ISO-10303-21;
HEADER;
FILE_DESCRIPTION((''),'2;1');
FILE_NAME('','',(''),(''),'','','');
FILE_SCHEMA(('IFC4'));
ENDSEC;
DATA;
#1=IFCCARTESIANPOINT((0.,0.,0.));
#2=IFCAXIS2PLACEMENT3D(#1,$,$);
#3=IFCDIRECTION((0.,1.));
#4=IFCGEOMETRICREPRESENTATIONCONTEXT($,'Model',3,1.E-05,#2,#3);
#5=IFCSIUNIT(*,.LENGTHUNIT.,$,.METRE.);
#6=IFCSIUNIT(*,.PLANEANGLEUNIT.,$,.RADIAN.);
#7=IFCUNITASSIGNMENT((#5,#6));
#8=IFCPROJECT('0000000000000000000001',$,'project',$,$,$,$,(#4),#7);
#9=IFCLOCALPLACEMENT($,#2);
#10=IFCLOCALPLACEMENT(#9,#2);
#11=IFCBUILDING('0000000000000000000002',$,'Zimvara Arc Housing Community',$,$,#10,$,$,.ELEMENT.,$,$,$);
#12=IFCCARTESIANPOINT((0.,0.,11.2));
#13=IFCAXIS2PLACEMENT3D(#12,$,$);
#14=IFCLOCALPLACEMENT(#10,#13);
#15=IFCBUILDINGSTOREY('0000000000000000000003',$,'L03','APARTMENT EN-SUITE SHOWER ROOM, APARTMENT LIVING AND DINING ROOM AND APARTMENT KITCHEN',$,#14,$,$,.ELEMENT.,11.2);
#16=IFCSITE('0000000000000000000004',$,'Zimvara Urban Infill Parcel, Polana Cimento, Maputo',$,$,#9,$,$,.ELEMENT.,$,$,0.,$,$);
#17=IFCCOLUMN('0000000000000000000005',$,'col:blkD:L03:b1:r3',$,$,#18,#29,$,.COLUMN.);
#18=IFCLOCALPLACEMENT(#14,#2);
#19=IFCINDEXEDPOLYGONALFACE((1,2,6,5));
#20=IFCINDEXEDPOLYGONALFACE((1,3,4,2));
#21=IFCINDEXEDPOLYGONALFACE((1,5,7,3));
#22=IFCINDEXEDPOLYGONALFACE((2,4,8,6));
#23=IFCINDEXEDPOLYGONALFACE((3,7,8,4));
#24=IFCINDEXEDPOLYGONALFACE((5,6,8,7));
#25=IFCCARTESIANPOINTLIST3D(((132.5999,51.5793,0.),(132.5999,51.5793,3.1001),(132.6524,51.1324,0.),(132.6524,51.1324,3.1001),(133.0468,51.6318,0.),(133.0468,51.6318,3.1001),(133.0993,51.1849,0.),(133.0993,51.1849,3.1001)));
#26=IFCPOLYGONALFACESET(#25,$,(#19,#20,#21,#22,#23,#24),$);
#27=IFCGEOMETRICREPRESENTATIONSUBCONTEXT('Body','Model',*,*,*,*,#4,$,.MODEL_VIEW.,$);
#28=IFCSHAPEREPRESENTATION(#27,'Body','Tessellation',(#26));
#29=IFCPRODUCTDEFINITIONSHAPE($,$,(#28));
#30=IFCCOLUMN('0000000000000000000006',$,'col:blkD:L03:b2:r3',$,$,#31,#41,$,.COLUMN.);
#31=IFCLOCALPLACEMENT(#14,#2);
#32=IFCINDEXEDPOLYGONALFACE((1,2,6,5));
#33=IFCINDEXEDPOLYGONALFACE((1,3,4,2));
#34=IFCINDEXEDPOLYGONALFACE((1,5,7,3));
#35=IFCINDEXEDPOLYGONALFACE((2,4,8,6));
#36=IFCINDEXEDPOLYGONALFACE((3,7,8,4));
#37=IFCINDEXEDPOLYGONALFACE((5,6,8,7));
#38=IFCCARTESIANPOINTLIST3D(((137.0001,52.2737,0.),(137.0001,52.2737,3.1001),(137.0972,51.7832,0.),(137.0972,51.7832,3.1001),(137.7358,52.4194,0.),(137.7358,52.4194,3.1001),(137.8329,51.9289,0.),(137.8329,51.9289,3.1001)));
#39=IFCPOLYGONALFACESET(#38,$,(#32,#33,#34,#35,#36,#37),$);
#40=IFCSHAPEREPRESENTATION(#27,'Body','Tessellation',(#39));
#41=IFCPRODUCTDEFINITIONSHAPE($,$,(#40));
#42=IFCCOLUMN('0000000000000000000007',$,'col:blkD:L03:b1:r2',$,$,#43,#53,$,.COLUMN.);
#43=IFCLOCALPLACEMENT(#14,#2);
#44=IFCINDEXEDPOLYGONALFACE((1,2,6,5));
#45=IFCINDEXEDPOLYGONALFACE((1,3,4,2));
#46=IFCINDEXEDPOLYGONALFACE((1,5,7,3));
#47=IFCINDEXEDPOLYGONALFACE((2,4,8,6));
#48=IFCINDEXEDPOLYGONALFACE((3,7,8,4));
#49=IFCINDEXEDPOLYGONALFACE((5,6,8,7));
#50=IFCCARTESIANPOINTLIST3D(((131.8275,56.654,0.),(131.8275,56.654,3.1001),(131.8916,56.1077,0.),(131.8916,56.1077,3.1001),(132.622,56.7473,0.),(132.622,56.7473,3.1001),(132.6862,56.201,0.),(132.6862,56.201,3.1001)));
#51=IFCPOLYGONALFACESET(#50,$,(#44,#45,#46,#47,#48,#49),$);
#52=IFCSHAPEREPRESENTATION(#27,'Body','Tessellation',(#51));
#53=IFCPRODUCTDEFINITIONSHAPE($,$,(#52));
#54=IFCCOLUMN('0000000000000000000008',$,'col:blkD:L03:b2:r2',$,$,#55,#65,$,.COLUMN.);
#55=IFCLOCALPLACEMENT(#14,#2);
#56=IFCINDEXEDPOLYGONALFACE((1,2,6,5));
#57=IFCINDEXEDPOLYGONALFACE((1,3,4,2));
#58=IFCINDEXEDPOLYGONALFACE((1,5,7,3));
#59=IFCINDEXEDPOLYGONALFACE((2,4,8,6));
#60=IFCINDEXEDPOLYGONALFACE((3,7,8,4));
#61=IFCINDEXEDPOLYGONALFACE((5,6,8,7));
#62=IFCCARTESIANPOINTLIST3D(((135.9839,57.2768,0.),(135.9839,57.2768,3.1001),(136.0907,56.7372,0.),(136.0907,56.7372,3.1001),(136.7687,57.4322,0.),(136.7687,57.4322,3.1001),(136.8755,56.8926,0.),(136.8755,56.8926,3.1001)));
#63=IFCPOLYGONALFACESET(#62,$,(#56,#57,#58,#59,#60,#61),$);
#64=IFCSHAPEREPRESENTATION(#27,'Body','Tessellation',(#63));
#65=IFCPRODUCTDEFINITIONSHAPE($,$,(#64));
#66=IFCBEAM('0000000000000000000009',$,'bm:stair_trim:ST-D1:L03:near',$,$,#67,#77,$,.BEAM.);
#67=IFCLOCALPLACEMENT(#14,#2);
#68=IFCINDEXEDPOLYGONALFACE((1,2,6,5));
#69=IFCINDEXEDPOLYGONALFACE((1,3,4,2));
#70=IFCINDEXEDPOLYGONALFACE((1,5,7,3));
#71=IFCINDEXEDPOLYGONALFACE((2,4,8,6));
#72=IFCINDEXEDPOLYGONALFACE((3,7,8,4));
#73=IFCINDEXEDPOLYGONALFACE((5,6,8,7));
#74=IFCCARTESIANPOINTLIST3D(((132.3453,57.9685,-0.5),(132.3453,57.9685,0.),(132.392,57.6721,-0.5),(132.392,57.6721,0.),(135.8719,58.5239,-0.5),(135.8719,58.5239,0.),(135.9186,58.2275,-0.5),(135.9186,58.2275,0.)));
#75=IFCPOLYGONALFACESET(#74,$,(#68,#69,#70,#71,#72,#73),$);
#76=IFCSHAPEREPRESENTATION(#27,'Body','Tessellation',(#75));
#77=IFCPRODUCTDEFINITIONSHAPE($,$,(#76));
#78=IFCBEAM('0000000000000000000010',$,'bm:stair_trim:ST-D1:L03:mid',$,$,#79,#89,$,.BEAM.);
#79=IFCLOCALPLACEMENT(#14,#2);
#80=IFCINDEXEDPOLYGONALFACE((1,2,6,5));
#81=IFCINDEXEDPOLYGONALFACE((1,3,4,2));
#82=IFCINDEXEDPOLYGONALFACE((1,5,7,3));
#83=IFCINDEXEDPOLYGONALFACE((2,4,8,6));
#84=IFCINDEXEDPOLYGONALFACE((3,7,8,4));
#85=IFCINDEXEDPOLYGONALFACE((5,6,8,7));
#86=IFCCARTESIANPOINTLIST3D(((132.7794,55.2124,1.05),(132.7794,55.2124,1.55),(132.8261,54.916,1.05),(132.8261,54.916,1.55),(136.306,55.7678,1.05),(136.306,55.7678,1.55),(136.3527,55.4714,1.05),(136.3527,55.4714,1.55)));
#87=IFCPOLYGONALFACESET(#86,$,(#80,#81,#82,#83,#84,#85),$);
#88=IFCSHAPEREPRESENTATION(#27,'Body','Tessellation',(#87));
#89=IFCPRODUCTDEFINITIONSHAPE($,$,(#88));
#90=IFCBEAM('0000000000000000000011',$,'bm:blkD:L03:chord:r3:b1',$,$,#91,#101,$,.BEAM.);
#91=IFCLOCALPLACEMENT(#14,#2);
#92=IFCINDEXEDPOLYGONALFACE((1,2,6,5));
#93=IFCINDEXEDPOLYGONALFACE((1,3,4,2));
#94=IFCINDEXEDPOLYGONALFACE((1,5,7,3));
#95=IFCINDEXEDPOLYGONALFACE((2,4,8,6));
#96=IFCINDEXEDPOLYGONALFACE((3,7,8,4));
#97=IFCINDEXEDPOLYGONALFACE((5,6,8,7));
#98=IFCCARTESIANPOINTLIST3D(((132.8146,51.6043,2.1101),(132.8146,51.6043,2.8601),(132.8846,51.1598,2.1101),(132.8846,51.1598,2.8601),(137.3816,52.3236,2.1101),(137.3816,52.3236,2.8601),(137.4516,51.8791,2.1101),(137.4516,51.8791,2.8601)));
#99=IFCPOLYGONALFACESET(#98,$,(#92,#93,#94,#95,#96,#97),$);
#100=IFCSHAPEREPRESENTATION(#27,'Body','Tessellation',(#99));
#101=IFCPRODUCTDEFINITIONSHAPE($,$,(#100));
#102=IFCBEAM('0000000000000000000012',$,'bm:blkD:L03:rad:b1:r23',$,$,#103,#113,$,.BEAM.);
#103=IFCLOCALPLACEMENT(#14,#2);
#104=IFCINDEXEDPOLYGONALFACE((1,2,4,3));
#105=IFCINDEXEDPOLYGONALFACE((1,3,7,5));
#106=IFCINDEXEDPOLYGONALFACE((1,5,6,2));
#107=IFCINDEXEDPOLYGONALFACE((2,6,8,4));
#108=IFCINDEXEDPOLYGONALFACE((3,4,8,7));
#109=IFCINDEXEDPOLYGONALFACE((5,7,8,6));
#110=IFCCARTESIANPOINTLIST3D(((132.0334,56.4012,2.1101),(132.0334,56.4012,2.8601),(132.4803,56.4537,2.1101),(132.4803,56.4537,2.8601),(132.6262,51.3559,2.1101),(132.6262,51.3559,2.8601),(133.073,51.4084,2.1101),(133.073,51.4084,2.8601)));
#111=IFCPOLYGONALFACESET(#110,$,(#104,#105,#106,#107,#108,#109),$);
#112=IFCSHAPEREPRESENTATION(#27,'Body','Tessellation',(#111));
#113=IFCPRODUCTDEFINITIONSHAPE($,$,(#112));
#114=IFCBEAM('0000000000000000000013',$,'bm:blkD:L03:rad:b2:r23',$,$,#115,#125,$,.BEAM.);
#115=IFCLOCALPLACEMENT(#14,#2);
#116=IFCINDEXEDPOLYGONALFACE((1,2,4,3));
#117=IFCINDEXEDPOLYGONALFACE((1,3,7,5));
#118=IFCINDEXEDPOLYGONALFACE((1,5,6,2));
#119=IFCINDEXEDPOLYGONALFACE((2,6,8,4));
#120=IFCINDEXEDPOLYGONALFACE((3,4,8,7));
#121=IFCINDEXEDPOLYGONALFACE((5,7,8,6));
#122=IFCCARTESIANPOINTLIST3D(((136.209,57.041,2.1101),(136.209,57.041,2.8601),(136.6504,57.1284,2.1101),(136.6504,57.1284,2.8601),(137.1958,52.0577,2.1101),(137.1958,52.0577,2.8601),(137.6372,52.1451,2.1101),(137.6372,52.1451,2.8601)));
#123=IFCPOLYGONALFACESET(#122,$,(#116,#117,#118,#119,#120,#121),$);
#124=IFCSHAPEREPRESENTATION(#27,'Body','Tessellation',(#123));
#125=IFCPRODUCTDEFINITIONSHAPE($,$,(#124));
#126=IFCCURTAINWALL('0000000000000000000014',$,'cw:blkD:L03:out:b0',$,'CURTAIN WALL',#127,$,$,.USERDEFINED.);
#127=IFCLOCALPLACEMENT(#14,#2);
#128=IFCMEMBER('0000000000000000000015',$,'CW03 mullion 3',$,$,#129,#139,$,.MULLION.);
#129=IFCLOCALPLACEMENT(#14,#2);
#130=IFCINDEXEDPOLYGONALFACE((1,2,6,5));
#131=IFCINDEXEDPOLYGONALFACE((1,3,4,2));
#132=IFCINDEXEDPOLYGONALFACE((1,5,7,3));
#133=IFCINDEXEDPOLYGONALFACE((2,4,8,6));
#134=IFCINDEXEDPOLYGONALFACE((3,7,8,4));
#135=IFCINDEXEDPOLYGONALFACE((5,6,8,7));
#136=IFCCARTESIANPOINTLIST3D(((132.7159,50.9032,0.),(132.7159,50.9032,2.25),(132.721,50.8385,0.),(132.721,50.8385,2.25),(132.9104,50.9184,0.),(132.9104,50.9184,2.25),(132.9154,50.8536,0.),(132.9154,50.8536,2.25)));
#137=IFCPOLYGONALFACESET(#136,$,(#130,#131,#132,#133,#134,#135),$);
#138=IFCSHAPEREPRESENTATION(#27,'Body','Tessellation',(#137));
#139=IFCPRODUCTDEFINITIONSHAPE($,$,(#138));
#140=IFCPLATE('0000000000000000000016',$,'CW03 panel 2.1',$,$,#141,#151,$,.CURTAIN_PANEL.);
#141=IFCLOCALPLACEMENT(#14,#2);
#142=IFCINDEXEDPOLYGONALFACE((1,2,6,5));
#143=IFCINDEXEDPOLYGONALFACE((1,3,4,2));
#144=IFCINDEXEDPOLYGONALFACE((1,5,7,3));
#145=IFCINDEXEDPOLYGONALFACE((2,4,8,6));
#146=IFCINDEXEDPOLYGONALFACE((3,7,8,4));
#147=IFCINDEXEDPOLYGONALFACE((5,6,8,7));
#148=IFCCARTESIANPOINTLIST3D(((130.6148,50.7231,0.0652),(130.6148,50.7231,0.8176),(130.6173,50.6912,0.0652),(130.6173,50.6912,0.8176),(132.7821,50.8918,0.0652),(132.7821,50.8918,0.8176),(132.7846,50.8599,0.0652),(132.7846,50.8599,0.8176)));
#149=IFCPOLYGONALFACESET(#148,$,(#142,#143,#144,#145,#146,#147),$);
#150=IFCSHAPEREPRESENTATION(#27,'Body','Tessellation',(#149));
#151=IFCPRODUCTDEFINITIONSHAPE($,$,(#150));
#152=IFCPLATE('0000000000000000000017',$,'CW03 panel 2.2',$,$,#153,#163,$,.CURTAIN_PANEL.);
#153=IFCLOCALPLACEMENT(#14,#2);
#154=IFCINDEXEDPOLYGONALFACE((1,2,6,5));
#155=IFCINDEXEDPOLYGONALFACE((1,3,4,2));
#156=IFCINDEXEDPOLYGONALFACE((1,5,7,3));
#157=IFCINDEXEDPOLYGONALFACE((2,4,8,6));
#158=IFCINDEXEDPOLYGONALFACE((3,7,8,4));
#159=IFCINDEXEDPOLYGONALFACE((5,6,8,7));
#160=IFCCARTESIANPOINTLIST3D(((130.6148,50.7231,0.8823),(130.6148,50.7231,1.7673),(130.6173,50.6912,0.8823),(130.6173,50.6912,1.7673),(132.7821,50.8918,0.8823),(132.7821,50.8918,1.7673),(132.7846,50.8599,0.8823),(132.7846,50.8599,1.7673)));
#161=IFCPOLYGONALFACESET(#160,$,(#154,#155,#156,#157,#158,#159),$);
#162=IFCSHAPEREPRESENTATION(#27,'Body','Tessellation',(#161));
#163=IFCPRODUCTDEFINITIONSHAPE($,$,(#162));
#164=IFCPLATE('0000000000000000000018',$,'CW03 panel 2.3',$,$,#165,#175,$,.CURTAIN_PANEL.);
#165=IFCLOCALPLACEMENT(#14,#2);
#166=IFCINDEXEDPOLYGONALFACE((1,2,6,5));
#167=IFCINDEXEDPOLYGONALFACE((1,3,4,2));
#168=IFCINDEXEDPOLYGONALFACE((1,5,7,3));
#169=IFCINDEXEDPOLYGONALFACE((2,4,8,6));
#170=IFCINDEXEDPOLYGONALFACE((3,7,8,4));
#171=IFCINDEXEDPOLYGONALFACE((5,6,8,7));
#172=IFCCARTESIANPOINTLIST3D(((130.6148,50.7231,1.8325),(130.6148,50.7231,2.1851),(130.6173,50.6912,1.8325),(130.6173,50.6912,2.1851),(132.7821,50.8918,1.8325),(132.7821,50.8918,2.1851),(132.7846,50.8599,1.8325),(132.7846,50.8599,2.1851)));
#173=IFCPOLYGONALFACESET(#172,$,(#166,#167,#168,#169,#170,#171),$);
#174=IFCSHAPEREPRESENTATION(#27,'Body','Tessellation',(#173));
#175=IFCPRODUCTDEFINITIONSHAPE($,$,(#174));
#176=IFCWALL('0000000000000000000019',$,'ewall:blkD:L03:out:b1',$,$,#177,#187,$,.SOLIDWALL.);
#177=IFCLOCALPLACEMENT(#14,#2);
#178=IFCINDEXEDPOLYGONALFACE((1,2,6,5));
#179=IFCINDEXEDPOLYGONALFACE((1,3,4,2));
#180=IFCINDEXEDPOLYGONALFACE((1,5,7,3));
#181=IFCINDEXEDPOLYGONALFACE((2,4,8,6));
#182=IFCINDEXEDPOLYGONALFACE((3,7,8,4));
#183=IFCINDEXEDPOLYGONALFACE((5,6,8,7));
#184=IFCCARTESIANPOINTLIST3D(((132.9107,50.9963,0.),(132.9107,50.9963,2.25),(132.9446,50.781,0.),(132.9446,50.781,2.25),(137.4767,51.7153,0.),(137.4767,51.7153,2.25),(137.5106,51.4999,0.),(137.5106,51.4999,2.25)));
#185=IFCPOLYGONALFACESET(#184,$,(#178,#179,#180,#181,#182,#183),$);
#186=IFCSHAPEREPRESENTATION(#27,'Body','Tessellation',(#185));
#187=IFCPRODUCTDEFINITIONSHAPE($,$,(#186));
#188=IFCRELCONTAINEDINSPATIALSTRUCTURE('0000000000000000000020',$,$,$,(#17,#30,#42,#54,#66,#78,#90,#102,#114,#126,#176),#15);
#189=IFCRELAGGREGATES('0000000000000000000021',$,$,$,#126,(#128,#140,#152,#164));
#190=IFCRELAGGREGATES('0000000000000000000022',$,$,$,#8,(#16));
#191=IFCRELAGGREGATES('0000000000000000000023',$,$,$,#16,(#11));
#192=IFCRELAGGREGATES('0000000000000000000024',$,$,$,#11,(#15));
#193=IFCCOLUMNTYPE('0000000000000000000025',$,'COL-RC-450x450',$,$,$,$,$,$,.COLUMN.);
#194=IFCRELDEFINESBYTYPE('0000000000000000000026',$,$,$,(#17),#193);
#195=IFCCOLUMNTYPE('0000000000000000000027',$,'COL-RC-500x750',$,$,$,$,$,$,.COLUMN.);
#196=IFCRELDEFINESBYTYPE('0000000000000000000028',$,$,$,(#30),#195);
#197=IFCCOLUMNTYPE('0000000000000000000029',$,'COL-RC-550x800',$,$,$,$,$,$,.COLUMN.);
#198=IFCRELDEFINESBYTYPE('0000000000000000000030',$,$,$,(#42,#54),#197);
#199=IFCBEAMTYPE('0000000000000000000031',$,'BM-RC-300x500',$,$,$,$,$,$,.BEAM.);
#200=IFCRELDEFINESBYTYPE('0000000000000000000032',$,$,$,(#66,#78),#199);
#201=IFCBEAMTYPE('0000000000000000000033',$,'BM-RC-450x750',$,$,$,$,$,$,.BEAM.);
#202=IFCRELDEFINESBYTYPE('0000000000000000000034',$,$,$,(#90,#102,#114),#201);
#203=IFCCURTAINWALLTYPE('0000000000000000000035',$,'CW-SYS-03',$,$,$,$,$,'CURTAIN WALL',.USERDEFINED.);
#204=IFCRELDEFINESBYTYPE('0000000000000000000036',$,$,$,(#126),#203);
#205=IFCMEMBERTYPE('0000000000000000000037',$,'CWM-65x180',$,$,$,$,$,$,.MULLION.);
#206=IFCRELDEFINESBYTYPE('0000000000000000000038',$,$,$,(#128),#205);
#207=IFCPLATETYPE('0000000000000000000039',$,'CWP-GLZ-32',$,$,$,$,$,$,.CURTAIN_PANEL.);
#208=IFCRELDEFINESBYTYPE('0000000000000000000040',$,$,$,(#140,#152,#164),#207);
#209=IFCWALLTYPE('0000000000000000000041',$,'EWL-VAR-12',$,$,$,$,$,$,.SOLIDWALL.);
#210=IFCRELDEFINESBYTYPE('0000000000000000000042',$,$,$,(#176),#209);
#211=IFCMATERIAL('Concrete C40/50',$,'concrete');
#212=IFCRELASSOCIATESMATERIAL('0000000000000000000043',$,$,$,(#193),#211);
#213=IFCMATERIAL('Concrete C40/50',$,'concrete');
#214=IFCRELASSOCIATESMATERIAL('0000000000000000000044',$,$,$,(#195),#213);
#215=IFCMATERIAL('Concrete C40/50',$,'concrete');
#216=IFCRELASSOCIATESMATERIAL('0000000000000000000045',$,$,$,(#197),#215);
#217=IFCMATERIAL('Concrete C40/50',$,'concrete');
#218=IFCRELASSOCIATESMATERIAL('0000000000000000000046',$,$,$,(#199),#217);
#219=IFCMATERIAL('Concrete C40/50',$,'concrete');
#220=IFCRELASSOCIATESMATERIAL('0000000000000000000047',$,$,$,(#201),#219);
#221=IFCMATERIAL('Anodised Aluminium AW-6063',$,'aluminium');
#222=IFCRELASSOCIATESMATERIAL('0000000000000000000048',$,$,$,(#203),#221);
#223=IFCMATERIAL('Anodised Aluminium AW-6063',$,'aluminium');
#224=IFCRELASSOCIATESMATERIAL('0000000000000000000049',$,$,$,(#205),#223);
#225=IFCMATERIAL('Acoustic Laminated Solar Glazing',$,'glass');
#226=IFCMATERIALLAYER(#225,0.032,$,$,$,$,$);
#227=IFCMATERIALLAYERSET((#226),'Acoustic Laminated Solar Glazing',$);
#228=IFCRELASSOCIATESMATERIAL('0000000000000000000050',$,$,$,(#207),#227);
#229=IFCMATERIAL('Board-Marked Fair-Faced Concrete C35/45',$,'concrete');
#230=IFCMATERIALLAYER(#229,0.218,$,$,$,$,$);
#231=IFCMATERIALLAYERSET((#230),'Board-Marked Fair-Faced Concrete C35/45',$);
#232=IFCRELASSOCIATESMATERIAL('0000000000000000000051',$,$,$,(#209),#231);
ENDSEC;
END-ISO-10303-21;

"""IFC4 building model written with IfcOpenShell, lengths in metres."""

from ifc_helpers import new_model, si_unit, direction, frame, frame_2d, origin, origin_2d, place, context, subcontext, project, spatial, rectangle, extrude, material, layer, layer_set, material_profile, profile_set, type_object, element, aggregate, save


model = new_model("IFC4")

# Units and contexts
model_context = context("Model", 3, precision=1e-05, world=origin(), true_north=direction((0.0, 1.0)))
body_context = subcontext(model_context, "Body", "Model", "MODEL_VIEW")
ifc_project = project(units=[si_unit("LENGTHUNIT", "METRE"), si_unit("PLANEANGLEUNIT", "RADIAN")], contexts=[model_context])

# Site, building, storey
site_placement = place(None, origin())
site = spatial("IfcSite", under=ifc_project, at=site_placement, Name="Zimvara Urban Infill Parcel, Polana Cimento, Maputo", CompositionType="ELEMENT", RefElevation=0.0)
building_placement = place(site_placement, origin())
building = spatial("IfcBuilding", under=site, at=building_placement, Name="Zimvara Arc Housing Community", CompositionType="ELEMENT")
storey_placement = place(building_placement, frame((0.0, 0.0, 11.2)))
storey = spatial("IfcBuildingStorey", under=building, at=storey_placement, Name="L03", Description="APARTMENT EN-SUITE SHOWER ROOM, APARTMENT LIVING AND DINING ROOM AND APARTMENT KITCHEN", CompositionType="ELEMENT", Elevation=11.2)

# Columns
ifc_material_1 = material(Name="Concrete C40/50", Category="concrete")
ifc_material_profile_1 = material_profile(ifc_material_1, rectangle(XDim=0.45, YDim=0.45, at=origin_2d()), Name="RC 450x450")
ifc_profile_set_1 = profile_set([ifc_material_profile_1], Name="Concrete C40/50")
column_type_1 = type_object("IfcColumnType", Name="COL-RC-450x450", PredefinedType="COLUMN", material=ifc_profile_set_1)
column_1_placement = place(storey_placement, frame((132.8496, 51.3821, 0.0), z_axis=(0.0, 0.0, 1.0), x_axis=(0.116671, -0.993171, 0.0)))
element("IfcColumn", 1, at=column_1_placement, inside=storey, type_object=column_type_1, Name="col:blkD:L03:b1:r3", PredefinedType="COLUMN", context=body_context, shape_type="SweptSolid", body=[
    extrude(rectangle(XDim=0.45, YDim=0.45, at=origin_2d()), origin(), (0.0, 0.0, 1.0), 3.1001),
])
ifc_material_2 = material(Name="Concrete C40/50", Category="concrete")
ifc_material_profile_2 = material_profile(ifc_material_2, rectangle(XDim=0.5, YDim=0.75, at=origin_2d()), Name="RC 500x750")
ifc_profile_set_2 = profile_set([ifc_material_profile_2], Name="Concrete C40/50")
column_type_2 = type_object("IfcColumnType", Name="COL-RC-500x750", PredefinedType="COLUMN", material=ifc_profile_set_2)
column_2_placement = place(storey_placement, frame((137.4165, 52.1013, 0.0), z_axis=(0.0, 0.0, 1.0), x_axis=(0.194234, -0.980955, 0.0)))
element("IfcColumn", 2, at=column_2_placement, inside=storey, type_object=column_type_2, Name="col:blkD:L03:b2:r3", PredefinedType="COLUMN", context=body_context, shape_type="SweptSolid", body=[
    extrude(rectangle(XDim=0.5, YDim=0.75, at=origin_2d()), origin(), (0.0, 0.0, 1.0), 3.1001),
])
ifc_material_3 = material(Name="Concrete C40/50", Category="concrete")
ifc_material_profile_3 = material_profile(ifc_material_3, rectangle(XDim=0.55, YDim=0.8, at=origin_2d()), Name="RC 550x800")
ifc_profile_set_3 = profile_set([ifc_material_profile_3], Name="Concrete C40/50")
column_type_3 = type_object("IfcColumnType", Name="COL-RC-550x800", PredefinedType="COLUMN", material=ifc_profile_set_3)
for number, where, z_axis, x_axis, name in (
    (3, (132.2568, 56.4275, 0.0), (0.0, 0.0, 1.0), (0.116671, -0.993171, 0.0), "col:blkD:L03:b1:r2"),
    (4, (136.4297, 57.0847, 0.0), (0.0, 0.0, 1.0), (0.194234, -0.980955, 0.0), "col:blkD:L03:b2:r2"),
):
    element("IfcColumn", number, at=place(storey_placement, frame(where, z_axis=z_axis, x_axis=x_axis)), inside=storey, type_object=column_type_3, Name=name, PredefinedType="COLUMN", context=body_context, shape_type="SweptSolid", body=[
        extrude(rectangle(XDim=0.55, YDim=0.8, at=origin_2d()), origin(), (0.0, 0.0, 1.0), 3.1001),
    ])

# Beams
ifc_material_4 = material(Name="Concrete C40/50", Category="concrete")
ifc_material_profile_4 = material_profile(ifc_material_4, rectangle(XDim=0.3, YDim=0.5, at=origin_2d()), Name="RC 300x500")
ifc_profile_set_4 = profile_set([ifc_material_profile_4], Name="Concrete C40/50")
beam_type_1 = type_object("IfcBeamType", Name="BM-RC-300x500", PredefinedType="BEAM", material=ifc_profile_set_4)
for number, where, z_axis, x_axis, name in (
    (5, (132.3687, 57.8203, -0.25), (0.987824, 0.155576, 0.0), (-0.155576, 0.987824, 0.0), "bm:stair_trim:ST-D1:L03:near"),
    (6, (132.8027, 55.0642, 1.3), (0.987824, 0.155576, 0.0), (-0.155576, 0.987824, 0.0), "bm:stair_trim:ST-D1:L03:mid"),
):
    element("IfcBeam", number, at=place(storey_placement, frame(where, z_axis=z_axis, x_axis=x_axis)), inside=storey, type_object=beam_type_1, Name=name, PredefinedType="BEAM", context=body_context, shape_type="SweptSolid", body=[
        extrude(rectangle(XDim=0.3, YDim=0.5, at=origin_2d()), origin(), (0.0, 0.0, 1.0), 3.5701),
    ])
ifc_material_5 = material(Name="Concrete C40/50", Category="concrete")
ifc_material_profile_5 = material_profile(ifc_material_5, rectangle(XDim=0.45, YDim=0.75, at=origin_2d()), Name="RC 450x750")
ifc_profile_set_5 = profile_set([ifc_material_profile_5], Name="Concrete C40/50")
beam_type_2 = type_object("IfcBeamType", Name="BM-RC-450x750", PredefinedType="BEAM", material=ifc_profile_set_5)
beam_placement = place(storey_placement, frame((132.8496, 51.3821, 2.4851), z_axis=(0.987825, 0.155572, 0.0), x_axis=(-0.155572, 0.987825, 0.0)))
element("IfcBeam", 7, at=beam_placement, inside=storey, type_object=beam_type_2, Name="bm:blkD:L03:chord:r3:b1", PredefinedType="BEAM", context=body_context, shape_type="SweptSolid", body=[
    extrude(rectangle(XDim=0.45, YDim=0.75, at=origin_2d()), origin(), (0.0, 0.0, 1.0), 4.6233),
])
for number, where, z_axis, x_axis, name in (
    (8, (132.2568, 56.4275, 2.4851), (0.116685, -0.993169, 0.0), (0.993169, 0.116685, 0.0), "bm:blkD:L03:rad:b1:r23"),
    (9, (136.4297, 57.0847, 2.4851), (0.194249, -0.980952, 0.0), (0.980952, 0.194249, 0.0), "bm:blkD:L03:rad:b2:r23"),
):
    element("IfcBeam", number, at=place(storey_placement, frame(where, z_axis=z_axis, x_axis=x_axis)), inside=storey, type_object=beam_type_2, Name=name, PredefinedType="BEAM", context=body_context, shape_type="SweptSolid", body=[
        extrude(rectangle(XDim=0.45, YDim=0.75, at=origin_2d()), origin(), (0.0, 0.0, 1.0), 5.0801),
    ])

# Curtain wall, member, plates
ifc_material_6 = material(Name="Anodised Aluminium AW-6063", Category="aluminium")
curtain_wall_type = type_object("IfcCurtainWallType", Name="CW-SYS-03", ElementType="CURTAIN WALL", PredefinedType="USERDEFINED", material=ifc_material_6)
curtain_wall_placement = place(storey_placement, origin())
curtain_wall = element("IfcCurtainWall", 10, at=curtain_wall_placement, inside=storey, type_object=curtain_wall_type, Name="cw:blkD:L03:out:b0", ObjectType="CURTAIN WALL", PredefinedType="USERDEFINED")
ifc_material_7 = material(Name="Anodised Aluminium AW-6063", Category="aluminium")
ifc_material_profile_6 = material_profile(ifc_material_7, rectangle(XDim=0.0649, YDim=0.1951, at=origin_2d()), Name="ALU 65x195")
ifc_profile_set_6 = profile_set([ifc_material_profile_6], Name="Anodised Aluminium AW-6063")
member_type = type_object("IfcMemberType", Name="CWM-65x180", PredefinedType="MULLION", material=ifc_profile_set_6)
member_placement = place(storey_placement, frame((132.8157, 50.8784, 0.0), z_axis=(0.0, 0.0, 1.0), x_axis=(-0.07759, 0.996985, 0.0)))
member = element("IfcMember", 11, at=member_placement, type_object=member_type, Name="CW03 mullion 3", PredefinedType="MULLION", context=body_context, shape_type="SweptSolid", body=[
    extrude(rectangle(XDim=0.0649, YDim=0.1951, at=origin_2d()), origin(), (0.0, 0.0, 1.0), 2.25),
])
ifc_material_8 = material(Name="Acoustic Laminated Solar Glazing", Category="glass")
ifc_layer_1 = layer(ifc_material_8, 0.032)
ifc_layer_set_1 = layer_set([ifc_layer_1], Name="Acoustic Laminated Solar Glazing")
plate_type = type_object("IfcPlateType", Name="CWP-GLZ-32", PredefinedType="CURTAIN_PANEL", material=ifc_layer_set_1)
plate_1_placement = place(storey_placement, frame((131.6997, 50.7915, 0.0652), z_axis=(0.0, 0.0, 1.0), x_axis=(0.996985, 0.07759, 0.0)))
plate_1 = element("IfcPlate", 12, at=plate_1_placement, type_object=plate_type, Name="CW03 panel 2.1", PredefinedType="CURTAIN_PANEL", context=body_context, shape_type="SweptSolid", body=[
    extrude(rectangle(XDim=2.1738, YDim=0.032, at=origin_2d()), origin(), (0.0, 0.0, 1.0), 0.7524),
])
plate_2_placement = place(storey_placement, frame((131.6997, 50.7915, 0.8823), z_axis=(0.0, 0.0, 1.0), x_axis=(0.996985, 0.07759, 0.0)))
plate_2 = element("IfcPlate", 13, at=plate_2_placement, type_object=plate_type, Name="CW03 panel 2.2", PredefinedType="CURTAIN_PANEL", context=body_context, shape_type="SweptSolid", body=[
    extrude(rectangle(XDim=2.1738, YDim=0.032, at=origin_2d()), origin(), (0.0, 0.0, 1.0), 0.885),
])
plate_3_placement = place(storey_placement, frame((131.6997, 50.7915, 1.8325), z_axis=(0.0, 0.0, 1.0), x_axis=(0.996985, 0.07759, 0.0)))
plate_3 = element("IfcPlate", 14, at=plate_3_placement, type_object=plate_type, Name="CW03 panel 2.3", PredefinedType="CURTAIN_PANEL", context=body_context, shape_type="SweptSolid", body=[
    extrude(rectangle(XDim=2.1738, YDim=0.032, at=origin_2d()), origin(), (0.0, 0.0, 1.0), 0.3525),
])
aggregate(curtain_wall, [member, plate_1, plate_2, plate_3])

# Wall
ifc_material_9 = material(Name="Board-Marked Fair-Faced Concrete C35/45", Category="concrete")
ifc_layer_2 = layer(ifc_material_9, 0.218)
ifc_layer_set_2 = layer_set([ifc_layer_2], Name="Board-Marked Fair-Faced Concrete C35/45")
wall_type_1 = type_object("IfcWallType", Name="EWL-VAR-12", PredefinedType="SOLIDWALL", material=ifc_layer_set_2)
wall_1_placement = place(storey_placement, frame((132.9277, 50.8887, 0.0), z_axis=(0.0, 0.0, 1.0), x_axis=(0.987829, 0.155545, 0.0)))
element("IfcWall", 15, at=wall_1_placement, inside=storey, type_object=wall_type_1, Name="ewall:blkD:L03:out:b1", PredefinedType="SOLIDWALL", context=body_context, shape_type="SweptSolid", body=[
    extrude(rectangle(XDim=4.6223, YDim=0.218, at=frame_2d((2.311, 0.0))), origin(), (0.0, 0.0, 1.0), 2.25),
])

save(model, "model.ifc")
